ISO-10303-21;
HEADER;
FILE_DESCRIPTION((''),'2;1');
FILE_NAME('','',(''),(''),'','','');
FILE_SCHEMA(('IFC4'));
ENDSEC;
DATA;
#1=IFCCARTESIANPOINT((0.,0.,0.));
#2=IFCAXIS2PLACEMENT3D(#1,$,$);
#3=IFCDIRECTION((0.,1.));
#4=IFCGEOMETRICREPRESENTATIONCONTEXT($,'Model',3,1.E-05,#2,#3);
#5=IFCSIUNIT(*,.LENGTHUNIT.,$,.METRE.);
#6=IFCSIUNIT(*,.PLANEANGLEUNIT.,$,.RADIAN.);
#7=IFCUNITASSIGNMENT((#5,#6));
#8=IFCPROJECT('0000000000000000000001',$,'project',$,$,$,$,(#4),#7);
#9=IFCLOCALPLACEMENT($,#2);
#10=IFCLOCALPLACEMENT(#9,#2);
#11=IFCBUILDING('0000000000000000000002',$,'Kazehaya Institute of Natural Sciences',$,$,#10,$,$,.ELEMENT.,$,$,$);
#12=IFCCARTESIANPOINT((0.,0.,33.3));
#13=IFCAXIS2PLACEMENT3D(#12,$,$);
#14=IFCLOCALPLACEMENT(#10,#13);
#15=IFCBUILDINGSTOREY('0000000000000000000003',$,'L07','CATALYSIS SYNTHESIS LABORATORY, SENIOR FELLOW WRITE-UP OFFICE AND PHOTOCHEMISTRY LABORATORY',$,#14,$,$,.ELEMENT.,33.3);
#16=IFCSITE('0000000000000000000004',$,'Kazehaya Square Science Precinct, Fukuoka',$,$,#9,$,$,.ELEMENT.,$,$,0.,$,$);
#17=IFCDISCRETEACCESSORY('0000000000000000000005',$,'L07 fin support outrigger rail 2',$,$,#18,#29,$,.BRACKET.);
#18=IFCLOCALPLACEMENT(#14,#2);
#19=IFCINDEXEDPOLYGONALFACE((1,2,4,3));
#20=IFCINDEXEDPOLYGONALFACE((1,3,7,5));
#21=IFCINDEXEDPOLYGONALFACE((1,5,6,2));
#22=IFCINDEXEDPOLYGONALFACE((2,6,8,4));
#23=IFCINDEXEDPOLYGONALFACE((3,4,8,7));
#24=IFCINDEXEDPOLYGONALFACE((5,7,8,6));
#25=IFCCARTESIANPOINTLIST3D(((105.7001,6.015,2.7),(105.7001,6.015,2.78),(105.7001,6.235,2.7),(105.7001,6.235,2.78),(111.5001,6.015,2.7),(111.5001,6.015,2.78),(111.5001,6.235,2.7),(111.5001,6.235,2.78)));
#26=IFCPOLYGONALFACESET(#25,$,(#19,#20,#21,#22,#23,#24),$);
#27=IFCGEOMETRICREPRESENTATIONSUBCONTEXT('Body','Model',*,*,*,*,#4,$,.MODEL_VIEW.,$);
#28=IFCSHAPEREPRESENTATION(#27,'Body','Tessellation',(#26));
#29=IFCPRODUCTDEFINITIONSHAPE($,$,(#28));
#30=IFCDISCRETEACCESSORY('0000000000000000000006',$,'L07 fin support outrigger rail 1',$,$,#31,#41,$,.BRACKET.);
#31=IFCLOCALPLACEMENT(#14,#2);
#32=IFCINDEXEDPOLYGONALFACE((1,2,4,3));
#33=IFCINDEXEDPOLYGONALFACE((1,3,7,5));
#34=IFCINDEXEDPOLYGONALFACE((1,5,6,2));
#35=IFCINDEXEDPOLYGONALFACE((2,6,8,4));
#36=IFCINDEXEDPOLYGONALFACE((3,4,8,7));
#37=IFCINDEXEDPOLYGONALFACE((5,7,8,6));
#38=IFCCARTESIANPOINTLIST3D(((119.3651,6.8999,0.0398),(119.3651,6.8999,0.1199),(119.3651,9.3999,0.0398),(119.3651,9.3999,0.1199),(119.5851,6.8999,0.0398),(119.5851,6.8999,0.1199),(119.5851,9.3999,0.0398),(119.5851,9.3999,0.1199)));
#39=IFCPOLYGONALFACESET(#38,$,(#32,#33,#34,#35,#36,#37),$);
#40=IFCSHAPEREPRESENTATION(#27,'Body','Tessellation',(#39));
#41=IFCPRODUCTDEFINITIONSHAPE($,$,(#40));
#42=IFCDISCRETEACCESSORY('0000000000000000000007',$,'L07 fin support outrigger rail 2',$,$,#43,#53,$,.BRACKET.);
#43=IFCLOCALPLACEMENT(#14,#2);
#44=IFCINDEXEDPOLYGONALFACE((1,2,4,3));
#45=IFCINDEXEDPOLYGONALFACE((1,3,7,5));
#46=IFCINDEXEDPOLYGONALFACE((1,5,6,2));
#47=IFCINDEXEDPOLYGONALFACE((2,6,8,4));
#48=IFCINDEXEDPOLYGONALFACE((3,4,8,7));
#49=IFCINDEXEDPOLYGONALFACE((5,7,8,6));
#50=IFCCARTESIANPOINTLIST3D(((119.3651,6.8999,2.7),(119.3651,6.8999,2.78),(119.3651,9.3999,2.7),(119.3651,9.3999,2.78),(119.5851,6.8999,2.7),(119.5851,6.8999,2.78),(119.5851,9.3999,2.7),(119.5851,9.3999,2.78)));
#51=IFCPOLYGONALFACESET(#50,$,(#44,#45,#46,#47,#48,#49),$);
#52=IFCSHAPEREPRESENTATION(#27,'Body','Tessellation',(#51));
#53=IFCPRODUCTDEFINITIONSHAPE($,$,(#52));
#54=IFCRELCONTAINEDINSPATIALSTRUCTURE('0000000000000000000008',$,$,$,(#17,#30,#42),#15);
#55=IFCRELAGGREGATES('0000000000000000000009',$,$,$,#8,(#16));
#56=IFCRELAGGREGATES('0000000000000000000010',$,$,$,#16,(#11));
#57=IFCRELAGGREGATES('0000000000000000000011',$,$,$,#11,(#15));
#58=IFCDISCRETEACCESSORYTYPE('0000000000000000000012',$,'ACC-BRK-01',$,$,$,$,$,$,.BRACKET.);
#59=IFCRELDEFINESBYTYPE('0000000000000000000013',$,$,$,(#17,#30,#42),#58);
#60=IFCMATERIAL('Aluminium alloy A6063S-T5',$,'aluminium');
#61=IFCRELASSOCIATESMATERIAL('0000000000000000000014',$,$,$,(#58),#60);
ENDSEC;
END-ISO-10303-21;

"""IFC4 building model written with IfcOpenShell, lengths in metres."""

from ifc_helpers import new_model, si_unit, direction, frame, origin, origin_2d, place, context, subcontext, project, spatial, rectangle, extrude, material, type_object, element, save


model = new_model("IFC4")

# Units and contexts
model_context = context("Model", 3, precision=1e-05, world=origin(), true_north=direction((0.0, 1.0)))
body_context = subcontext(model_context, "Body", "Model", "MODEL_VIEW")
ifc_project = project(units=[si_unit("LENGTHUNIT", "METRE"), si_unit("PLANEANGLEUNIT", "RADIAN")], contexts=[model_context])

# Site, building, storey
site_placement = place(None, origin())
site = spatial("IfcSite", under=ifc_project, at=site_placement, Name="Kazehaya Square Science Precinct, Fukuoka", CompositionType="ELEMENT", RefElevation=0.0)
building_placement = place(site_placement, origin())
building = spatial("IfcBuilding", under=site, at=building_placement, Name="Kazehaya Institute of Natural Sciences", CompositionType="ELEMENT")
storey_placement = place(building_placement, frame((0.0, 0.0, 33.3)))
storey = spatial("IfcBuildingStorey", under=building, at=storey_placement, Name="L07", Description="CATALYSIS SYNTHESIS LABORATORY, SENIOR FELLOW WRITE-UP OFFICE AND PHOTOCHEMISTRY LABORATORY", CompositionType="ELEMENT", Elevation=33.3)

# Shared definitions
ifc_material_1 = material(Name="Aluminium alloy A6063S-T5", Category="aluminium")

# Discrete accessories
discrete_accessory_type = type_object("IfcDiscreteAccessoryType", Name="ACC-BRK-01", PredefinedType="BRACKET", material=ifc_material_1)
for number, where, z_axis, x_axis, name in (
    (1, (108.6001, 6.125, 2.7), (0.0, 0.0, 1.0), (-1.0, 0.0, 0.0), "L07 fin support outrigger rail 2"),
):
    element("IfcDiscreteAccessory", number, at=place(storey_placement, frame(where, z_axis=z_axis, x_axis=x_axis)), inside=storey, type_object=discrete_accessory_type, Name=name, PredefinedType="BRACKET", context=body_context, shape_type="SweptSolid", body=[
        extrude(rectangle(XDim=5.8, YDim=0.22, at=origin_2d()), origin(), (0.0, 0.0, 1.0), 0.0801),
    ])
for number, where, z_axis, x_axis, name in (
    (2, (119.4751, 8.1499, 0.0398), (0.0, 0.0, 1.0), (0.0, -1.0, 0.0), "L07 fin support outrigger rail 1"),
    (3, (119.4751, 8.1499, 2.7), (0.0, 0.0, 1.0), (0.0, -1.0, 0.0), "L07 fin support outrigger rail 2"),
):
    element("IfcDiscreteAccessory", number, at=place(storey_placement, frame(where, z_axis=z_axis, x_axis=x_axis)), inside=storey, type_object=discrete_accessory_type, Name=name, PredefinedType="BRACKET", context=body_context, shape_type="SweptSolid", body=[
        extrude(rectangle(XDim=2.5, YDim=0.22, at=origin_2d()), origin(), (0.0, 0.0, 1.0), 0.0801),
    ])

save(model, "model.ifc")
